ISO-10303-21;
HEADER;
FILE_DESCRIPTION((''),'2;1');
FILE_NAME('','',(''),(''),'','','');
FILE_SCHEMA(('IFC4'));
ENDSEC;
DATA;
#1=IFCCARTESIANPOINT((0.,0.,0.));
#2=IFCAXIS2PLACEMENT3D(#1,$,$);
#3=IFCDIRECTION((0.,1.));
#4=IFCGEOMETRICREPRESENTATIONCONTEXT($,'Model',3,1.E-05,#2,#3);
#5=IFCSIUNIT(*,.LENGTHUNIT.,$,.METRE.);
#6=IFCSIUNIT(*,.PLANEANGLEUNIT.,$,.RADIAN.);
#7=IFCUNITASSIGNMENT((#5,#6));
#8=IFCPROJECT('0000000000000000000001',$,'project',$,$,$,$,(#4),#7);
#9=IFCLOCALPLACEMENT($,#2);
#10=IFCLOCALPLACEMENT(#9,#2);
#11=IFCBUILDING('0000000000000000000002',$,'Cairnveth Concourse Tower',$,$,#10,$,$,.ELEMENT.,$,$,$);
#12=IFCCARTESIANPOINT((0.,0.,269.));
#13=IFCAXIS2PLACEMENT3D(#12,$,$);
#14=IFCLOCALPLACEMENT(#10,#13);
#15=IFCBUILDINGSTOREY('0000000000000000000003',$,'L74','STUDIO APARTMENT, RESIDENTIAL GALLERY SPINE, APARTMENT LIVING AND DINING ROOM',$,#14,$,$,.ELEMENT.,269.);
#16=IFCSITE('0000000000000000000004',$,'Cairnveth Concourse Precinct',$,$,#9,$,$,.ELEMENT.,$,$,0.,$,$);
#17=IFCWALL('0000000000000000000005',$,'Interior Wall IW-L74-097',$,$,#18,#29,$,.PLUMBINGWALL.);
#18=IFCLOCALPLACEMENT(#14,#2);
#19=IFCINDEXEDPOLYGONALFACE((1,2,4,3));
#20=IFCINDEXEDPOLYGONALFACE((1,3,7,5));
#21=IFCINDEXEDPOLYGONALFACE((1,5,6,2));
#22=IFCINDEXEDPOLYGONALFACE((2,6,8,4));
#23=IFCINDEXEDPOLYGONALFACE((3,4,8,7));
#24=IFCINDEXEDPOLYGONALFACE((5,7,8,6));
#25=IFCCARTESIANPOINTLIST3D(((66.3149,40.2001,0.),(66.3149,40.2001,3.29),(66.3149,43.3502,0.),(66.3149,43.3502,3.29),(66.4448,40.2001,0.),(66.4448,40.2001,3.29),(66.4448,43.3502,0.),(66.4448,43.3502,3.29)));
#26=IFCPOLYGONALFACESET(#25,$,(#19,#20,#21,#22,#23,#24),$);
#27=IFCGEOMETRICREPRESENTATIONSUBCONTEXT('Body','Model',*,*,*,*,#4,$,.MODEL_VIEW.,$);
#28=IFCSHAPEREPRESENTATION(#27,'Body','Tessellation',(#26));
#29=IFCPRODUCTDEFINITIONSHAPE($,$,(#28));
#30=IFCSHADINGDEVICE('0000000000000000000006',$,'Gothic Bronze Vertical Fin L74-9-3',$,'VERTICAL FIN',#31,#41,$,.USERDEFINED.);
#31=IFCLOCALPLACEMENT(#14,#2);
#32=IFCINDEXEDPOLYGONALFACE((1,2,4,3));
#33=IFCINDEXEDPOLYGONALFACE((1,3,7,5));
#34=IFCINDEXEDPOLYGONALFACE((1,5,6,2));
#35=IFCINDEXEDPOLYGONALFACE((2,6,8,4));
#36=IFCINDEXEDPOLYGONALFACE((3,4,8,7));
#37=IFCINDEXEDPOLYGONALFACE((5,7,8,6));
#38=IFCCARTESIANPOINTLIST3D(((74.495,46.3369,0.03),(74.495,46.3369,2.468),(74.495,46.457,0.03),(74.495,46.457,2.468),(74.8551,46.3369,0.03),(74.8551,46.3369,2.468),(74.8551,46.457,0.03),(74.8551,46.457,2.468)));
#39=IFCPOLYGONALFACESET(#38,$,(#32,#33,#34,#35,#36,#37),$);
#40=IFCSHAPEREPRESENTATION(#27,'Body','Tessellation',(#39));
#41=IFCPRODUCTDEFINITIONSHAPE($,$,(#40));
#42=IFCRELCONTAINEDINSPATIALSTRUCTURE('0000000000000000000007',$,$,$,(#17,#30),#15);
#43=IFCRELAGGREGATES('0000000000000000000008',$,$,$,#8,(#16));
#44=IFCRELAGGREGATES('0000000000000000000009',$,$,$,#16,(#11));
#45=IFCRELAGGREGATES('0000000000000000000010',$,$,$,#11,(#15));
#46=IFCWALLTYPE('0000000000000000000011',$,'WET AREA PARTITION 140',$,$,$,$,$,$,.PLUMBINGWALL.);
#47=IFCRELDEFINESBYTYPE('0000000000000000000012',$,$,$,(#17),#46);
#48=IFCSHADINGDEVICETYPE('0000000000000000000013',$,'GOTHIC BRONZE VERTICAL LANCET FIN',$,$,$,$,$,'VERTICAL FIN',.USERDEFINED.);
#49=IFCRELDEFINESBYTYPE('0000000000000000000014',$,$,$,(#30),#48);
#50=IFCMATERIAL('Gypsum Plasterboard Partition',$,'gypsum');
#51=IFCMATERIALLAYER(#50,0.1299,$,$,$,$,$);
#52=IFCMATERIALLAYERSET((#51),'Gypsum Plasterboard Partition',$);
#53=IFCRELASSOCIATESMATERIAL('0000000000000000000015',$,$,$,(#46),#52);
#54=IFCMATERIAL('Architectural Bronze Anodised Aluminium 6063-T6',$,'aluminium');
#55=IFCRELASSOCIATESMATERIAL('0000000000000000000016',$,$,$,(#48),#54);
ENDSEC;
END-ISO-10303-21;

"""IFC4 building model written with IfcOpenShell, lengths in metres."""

from ifc_helpers import new_model, si_unit, direction, frame, frame_2d, origin, origin_2d, place, context, subcontext, project, spatial, rectangle, extrude, material, layer, layer_set, type_object, element, save


model = new_model("IFC4")

# Units and contexts
model_context = context("Model", 3, precision=1e-05, world=origin(), true_north=direction((0.0, 1.0)))
body_context = subcontext(model_context, "Body", "Model", "MODEL_VIEW")
ifc_project = project(units=[si_unit("LENGTHUNIT", "METRE"), si_unit("PLANEANGLEUNIT", "RADIAN")], contexts=[model_context])

# Site, building, storey
site_placement = place(None, origin())
site = spatial("IfcSite", under=ifc_project, at=site_placement, Name="Cairnveth Concourse Precinct", CompositionType="ELEMENT", RefElevation=0.0)
building_placement = place(site_placement, origin())
building = spatial("IfcBuilding", under=site, at=building_placement, Name="Cairnveth Concourse Tower", CompositionType="ELEMENT")
storey_placement = place(building_placement, frame((0.0, 0.0, 269.0)))
storey = spatial("IfcBuildingStorey", under=building, at=storey_placement, Name="L74", Description="STUDIO APARTMENT, RESIDENTIAL GALLERY SPINE, APARTMENT LIVING AND DINING ROOM", CompositionType="ELEMENT", Elevation=269.0)

# Shared definitions
ifc_material_1 = material(Name="Gypsum Plasterboard Partition", Category="gypsum")

# Shared definitions
ifc_layer_1 = layer(ifc_material_1, 0.1299)
ifc_layer_set_1 = layer_set([ifc_layer_1], Name="Gypsum Plasterboard Partition")
wall_type_1 = type_object("IfcWallType", Name="WET AREA PARTITION 140", PredefinedType="PLUMBINGWALL", material=ifc_layer_set_1)

# Wall
wall_1_placement = place(storey_placement, frame((66.3799, 40.2, 0.0), z_axis=(0.0, 0.0, 1.0), x_axis=(0.0, 1.0, 0.0)))
element("IfcWall", 1, at=wall_1_placement, inside=storey, type_object=wall_type_1, Name="Interior Wall IW-L74-097", PredefinedType="PLUMBINGWALL", context=body_context, shape_type="SweptSolid", body=[
    extrude(rectangle(XDim=3.1501, YDim=0.1299, at=frame_2d((1.5752, 0.0))), origin(), (0.0, 0.0, 1.0), 3.29),
])

# Shading device
ifc_material_2 = material(Name="Architectural Bronze Anodised Aluminium 6063-T6", Category="aluminium")
shading_device_type = type_object("IfcShadingDeviceType", Name="GOTHIC BRONZE VERTICAL LANCET FIN", ElementType="VERTICAL FIN", PredefinedType="USERDEFINED", material=ifc_material_2)
shading_device_placement = place(storey_placement, frame((74.675, 46.397, 0.03), z_axis=(0.0, 0.0, 1.0), x_axis=(0.0, 1.0, 0.0)))
element("IfcShadingDevice", 2, at=shading_device_placement, inside=storey, type_object=shading_device_type, Name="Gothic Bronze Vertical Fin L74-9-3", ObjectType="VERTICAL FIN", PredefinedType="USERDEFINED", context=body_context, shape_type="SweptSolid", body=[
    extrude(rectangle(XDim=0.1201, YDim=0.3601, at=origin_2d()), origin(), (0.0, 0.0, 1.0), 2.438),
])

save(model, "model.ifc")
